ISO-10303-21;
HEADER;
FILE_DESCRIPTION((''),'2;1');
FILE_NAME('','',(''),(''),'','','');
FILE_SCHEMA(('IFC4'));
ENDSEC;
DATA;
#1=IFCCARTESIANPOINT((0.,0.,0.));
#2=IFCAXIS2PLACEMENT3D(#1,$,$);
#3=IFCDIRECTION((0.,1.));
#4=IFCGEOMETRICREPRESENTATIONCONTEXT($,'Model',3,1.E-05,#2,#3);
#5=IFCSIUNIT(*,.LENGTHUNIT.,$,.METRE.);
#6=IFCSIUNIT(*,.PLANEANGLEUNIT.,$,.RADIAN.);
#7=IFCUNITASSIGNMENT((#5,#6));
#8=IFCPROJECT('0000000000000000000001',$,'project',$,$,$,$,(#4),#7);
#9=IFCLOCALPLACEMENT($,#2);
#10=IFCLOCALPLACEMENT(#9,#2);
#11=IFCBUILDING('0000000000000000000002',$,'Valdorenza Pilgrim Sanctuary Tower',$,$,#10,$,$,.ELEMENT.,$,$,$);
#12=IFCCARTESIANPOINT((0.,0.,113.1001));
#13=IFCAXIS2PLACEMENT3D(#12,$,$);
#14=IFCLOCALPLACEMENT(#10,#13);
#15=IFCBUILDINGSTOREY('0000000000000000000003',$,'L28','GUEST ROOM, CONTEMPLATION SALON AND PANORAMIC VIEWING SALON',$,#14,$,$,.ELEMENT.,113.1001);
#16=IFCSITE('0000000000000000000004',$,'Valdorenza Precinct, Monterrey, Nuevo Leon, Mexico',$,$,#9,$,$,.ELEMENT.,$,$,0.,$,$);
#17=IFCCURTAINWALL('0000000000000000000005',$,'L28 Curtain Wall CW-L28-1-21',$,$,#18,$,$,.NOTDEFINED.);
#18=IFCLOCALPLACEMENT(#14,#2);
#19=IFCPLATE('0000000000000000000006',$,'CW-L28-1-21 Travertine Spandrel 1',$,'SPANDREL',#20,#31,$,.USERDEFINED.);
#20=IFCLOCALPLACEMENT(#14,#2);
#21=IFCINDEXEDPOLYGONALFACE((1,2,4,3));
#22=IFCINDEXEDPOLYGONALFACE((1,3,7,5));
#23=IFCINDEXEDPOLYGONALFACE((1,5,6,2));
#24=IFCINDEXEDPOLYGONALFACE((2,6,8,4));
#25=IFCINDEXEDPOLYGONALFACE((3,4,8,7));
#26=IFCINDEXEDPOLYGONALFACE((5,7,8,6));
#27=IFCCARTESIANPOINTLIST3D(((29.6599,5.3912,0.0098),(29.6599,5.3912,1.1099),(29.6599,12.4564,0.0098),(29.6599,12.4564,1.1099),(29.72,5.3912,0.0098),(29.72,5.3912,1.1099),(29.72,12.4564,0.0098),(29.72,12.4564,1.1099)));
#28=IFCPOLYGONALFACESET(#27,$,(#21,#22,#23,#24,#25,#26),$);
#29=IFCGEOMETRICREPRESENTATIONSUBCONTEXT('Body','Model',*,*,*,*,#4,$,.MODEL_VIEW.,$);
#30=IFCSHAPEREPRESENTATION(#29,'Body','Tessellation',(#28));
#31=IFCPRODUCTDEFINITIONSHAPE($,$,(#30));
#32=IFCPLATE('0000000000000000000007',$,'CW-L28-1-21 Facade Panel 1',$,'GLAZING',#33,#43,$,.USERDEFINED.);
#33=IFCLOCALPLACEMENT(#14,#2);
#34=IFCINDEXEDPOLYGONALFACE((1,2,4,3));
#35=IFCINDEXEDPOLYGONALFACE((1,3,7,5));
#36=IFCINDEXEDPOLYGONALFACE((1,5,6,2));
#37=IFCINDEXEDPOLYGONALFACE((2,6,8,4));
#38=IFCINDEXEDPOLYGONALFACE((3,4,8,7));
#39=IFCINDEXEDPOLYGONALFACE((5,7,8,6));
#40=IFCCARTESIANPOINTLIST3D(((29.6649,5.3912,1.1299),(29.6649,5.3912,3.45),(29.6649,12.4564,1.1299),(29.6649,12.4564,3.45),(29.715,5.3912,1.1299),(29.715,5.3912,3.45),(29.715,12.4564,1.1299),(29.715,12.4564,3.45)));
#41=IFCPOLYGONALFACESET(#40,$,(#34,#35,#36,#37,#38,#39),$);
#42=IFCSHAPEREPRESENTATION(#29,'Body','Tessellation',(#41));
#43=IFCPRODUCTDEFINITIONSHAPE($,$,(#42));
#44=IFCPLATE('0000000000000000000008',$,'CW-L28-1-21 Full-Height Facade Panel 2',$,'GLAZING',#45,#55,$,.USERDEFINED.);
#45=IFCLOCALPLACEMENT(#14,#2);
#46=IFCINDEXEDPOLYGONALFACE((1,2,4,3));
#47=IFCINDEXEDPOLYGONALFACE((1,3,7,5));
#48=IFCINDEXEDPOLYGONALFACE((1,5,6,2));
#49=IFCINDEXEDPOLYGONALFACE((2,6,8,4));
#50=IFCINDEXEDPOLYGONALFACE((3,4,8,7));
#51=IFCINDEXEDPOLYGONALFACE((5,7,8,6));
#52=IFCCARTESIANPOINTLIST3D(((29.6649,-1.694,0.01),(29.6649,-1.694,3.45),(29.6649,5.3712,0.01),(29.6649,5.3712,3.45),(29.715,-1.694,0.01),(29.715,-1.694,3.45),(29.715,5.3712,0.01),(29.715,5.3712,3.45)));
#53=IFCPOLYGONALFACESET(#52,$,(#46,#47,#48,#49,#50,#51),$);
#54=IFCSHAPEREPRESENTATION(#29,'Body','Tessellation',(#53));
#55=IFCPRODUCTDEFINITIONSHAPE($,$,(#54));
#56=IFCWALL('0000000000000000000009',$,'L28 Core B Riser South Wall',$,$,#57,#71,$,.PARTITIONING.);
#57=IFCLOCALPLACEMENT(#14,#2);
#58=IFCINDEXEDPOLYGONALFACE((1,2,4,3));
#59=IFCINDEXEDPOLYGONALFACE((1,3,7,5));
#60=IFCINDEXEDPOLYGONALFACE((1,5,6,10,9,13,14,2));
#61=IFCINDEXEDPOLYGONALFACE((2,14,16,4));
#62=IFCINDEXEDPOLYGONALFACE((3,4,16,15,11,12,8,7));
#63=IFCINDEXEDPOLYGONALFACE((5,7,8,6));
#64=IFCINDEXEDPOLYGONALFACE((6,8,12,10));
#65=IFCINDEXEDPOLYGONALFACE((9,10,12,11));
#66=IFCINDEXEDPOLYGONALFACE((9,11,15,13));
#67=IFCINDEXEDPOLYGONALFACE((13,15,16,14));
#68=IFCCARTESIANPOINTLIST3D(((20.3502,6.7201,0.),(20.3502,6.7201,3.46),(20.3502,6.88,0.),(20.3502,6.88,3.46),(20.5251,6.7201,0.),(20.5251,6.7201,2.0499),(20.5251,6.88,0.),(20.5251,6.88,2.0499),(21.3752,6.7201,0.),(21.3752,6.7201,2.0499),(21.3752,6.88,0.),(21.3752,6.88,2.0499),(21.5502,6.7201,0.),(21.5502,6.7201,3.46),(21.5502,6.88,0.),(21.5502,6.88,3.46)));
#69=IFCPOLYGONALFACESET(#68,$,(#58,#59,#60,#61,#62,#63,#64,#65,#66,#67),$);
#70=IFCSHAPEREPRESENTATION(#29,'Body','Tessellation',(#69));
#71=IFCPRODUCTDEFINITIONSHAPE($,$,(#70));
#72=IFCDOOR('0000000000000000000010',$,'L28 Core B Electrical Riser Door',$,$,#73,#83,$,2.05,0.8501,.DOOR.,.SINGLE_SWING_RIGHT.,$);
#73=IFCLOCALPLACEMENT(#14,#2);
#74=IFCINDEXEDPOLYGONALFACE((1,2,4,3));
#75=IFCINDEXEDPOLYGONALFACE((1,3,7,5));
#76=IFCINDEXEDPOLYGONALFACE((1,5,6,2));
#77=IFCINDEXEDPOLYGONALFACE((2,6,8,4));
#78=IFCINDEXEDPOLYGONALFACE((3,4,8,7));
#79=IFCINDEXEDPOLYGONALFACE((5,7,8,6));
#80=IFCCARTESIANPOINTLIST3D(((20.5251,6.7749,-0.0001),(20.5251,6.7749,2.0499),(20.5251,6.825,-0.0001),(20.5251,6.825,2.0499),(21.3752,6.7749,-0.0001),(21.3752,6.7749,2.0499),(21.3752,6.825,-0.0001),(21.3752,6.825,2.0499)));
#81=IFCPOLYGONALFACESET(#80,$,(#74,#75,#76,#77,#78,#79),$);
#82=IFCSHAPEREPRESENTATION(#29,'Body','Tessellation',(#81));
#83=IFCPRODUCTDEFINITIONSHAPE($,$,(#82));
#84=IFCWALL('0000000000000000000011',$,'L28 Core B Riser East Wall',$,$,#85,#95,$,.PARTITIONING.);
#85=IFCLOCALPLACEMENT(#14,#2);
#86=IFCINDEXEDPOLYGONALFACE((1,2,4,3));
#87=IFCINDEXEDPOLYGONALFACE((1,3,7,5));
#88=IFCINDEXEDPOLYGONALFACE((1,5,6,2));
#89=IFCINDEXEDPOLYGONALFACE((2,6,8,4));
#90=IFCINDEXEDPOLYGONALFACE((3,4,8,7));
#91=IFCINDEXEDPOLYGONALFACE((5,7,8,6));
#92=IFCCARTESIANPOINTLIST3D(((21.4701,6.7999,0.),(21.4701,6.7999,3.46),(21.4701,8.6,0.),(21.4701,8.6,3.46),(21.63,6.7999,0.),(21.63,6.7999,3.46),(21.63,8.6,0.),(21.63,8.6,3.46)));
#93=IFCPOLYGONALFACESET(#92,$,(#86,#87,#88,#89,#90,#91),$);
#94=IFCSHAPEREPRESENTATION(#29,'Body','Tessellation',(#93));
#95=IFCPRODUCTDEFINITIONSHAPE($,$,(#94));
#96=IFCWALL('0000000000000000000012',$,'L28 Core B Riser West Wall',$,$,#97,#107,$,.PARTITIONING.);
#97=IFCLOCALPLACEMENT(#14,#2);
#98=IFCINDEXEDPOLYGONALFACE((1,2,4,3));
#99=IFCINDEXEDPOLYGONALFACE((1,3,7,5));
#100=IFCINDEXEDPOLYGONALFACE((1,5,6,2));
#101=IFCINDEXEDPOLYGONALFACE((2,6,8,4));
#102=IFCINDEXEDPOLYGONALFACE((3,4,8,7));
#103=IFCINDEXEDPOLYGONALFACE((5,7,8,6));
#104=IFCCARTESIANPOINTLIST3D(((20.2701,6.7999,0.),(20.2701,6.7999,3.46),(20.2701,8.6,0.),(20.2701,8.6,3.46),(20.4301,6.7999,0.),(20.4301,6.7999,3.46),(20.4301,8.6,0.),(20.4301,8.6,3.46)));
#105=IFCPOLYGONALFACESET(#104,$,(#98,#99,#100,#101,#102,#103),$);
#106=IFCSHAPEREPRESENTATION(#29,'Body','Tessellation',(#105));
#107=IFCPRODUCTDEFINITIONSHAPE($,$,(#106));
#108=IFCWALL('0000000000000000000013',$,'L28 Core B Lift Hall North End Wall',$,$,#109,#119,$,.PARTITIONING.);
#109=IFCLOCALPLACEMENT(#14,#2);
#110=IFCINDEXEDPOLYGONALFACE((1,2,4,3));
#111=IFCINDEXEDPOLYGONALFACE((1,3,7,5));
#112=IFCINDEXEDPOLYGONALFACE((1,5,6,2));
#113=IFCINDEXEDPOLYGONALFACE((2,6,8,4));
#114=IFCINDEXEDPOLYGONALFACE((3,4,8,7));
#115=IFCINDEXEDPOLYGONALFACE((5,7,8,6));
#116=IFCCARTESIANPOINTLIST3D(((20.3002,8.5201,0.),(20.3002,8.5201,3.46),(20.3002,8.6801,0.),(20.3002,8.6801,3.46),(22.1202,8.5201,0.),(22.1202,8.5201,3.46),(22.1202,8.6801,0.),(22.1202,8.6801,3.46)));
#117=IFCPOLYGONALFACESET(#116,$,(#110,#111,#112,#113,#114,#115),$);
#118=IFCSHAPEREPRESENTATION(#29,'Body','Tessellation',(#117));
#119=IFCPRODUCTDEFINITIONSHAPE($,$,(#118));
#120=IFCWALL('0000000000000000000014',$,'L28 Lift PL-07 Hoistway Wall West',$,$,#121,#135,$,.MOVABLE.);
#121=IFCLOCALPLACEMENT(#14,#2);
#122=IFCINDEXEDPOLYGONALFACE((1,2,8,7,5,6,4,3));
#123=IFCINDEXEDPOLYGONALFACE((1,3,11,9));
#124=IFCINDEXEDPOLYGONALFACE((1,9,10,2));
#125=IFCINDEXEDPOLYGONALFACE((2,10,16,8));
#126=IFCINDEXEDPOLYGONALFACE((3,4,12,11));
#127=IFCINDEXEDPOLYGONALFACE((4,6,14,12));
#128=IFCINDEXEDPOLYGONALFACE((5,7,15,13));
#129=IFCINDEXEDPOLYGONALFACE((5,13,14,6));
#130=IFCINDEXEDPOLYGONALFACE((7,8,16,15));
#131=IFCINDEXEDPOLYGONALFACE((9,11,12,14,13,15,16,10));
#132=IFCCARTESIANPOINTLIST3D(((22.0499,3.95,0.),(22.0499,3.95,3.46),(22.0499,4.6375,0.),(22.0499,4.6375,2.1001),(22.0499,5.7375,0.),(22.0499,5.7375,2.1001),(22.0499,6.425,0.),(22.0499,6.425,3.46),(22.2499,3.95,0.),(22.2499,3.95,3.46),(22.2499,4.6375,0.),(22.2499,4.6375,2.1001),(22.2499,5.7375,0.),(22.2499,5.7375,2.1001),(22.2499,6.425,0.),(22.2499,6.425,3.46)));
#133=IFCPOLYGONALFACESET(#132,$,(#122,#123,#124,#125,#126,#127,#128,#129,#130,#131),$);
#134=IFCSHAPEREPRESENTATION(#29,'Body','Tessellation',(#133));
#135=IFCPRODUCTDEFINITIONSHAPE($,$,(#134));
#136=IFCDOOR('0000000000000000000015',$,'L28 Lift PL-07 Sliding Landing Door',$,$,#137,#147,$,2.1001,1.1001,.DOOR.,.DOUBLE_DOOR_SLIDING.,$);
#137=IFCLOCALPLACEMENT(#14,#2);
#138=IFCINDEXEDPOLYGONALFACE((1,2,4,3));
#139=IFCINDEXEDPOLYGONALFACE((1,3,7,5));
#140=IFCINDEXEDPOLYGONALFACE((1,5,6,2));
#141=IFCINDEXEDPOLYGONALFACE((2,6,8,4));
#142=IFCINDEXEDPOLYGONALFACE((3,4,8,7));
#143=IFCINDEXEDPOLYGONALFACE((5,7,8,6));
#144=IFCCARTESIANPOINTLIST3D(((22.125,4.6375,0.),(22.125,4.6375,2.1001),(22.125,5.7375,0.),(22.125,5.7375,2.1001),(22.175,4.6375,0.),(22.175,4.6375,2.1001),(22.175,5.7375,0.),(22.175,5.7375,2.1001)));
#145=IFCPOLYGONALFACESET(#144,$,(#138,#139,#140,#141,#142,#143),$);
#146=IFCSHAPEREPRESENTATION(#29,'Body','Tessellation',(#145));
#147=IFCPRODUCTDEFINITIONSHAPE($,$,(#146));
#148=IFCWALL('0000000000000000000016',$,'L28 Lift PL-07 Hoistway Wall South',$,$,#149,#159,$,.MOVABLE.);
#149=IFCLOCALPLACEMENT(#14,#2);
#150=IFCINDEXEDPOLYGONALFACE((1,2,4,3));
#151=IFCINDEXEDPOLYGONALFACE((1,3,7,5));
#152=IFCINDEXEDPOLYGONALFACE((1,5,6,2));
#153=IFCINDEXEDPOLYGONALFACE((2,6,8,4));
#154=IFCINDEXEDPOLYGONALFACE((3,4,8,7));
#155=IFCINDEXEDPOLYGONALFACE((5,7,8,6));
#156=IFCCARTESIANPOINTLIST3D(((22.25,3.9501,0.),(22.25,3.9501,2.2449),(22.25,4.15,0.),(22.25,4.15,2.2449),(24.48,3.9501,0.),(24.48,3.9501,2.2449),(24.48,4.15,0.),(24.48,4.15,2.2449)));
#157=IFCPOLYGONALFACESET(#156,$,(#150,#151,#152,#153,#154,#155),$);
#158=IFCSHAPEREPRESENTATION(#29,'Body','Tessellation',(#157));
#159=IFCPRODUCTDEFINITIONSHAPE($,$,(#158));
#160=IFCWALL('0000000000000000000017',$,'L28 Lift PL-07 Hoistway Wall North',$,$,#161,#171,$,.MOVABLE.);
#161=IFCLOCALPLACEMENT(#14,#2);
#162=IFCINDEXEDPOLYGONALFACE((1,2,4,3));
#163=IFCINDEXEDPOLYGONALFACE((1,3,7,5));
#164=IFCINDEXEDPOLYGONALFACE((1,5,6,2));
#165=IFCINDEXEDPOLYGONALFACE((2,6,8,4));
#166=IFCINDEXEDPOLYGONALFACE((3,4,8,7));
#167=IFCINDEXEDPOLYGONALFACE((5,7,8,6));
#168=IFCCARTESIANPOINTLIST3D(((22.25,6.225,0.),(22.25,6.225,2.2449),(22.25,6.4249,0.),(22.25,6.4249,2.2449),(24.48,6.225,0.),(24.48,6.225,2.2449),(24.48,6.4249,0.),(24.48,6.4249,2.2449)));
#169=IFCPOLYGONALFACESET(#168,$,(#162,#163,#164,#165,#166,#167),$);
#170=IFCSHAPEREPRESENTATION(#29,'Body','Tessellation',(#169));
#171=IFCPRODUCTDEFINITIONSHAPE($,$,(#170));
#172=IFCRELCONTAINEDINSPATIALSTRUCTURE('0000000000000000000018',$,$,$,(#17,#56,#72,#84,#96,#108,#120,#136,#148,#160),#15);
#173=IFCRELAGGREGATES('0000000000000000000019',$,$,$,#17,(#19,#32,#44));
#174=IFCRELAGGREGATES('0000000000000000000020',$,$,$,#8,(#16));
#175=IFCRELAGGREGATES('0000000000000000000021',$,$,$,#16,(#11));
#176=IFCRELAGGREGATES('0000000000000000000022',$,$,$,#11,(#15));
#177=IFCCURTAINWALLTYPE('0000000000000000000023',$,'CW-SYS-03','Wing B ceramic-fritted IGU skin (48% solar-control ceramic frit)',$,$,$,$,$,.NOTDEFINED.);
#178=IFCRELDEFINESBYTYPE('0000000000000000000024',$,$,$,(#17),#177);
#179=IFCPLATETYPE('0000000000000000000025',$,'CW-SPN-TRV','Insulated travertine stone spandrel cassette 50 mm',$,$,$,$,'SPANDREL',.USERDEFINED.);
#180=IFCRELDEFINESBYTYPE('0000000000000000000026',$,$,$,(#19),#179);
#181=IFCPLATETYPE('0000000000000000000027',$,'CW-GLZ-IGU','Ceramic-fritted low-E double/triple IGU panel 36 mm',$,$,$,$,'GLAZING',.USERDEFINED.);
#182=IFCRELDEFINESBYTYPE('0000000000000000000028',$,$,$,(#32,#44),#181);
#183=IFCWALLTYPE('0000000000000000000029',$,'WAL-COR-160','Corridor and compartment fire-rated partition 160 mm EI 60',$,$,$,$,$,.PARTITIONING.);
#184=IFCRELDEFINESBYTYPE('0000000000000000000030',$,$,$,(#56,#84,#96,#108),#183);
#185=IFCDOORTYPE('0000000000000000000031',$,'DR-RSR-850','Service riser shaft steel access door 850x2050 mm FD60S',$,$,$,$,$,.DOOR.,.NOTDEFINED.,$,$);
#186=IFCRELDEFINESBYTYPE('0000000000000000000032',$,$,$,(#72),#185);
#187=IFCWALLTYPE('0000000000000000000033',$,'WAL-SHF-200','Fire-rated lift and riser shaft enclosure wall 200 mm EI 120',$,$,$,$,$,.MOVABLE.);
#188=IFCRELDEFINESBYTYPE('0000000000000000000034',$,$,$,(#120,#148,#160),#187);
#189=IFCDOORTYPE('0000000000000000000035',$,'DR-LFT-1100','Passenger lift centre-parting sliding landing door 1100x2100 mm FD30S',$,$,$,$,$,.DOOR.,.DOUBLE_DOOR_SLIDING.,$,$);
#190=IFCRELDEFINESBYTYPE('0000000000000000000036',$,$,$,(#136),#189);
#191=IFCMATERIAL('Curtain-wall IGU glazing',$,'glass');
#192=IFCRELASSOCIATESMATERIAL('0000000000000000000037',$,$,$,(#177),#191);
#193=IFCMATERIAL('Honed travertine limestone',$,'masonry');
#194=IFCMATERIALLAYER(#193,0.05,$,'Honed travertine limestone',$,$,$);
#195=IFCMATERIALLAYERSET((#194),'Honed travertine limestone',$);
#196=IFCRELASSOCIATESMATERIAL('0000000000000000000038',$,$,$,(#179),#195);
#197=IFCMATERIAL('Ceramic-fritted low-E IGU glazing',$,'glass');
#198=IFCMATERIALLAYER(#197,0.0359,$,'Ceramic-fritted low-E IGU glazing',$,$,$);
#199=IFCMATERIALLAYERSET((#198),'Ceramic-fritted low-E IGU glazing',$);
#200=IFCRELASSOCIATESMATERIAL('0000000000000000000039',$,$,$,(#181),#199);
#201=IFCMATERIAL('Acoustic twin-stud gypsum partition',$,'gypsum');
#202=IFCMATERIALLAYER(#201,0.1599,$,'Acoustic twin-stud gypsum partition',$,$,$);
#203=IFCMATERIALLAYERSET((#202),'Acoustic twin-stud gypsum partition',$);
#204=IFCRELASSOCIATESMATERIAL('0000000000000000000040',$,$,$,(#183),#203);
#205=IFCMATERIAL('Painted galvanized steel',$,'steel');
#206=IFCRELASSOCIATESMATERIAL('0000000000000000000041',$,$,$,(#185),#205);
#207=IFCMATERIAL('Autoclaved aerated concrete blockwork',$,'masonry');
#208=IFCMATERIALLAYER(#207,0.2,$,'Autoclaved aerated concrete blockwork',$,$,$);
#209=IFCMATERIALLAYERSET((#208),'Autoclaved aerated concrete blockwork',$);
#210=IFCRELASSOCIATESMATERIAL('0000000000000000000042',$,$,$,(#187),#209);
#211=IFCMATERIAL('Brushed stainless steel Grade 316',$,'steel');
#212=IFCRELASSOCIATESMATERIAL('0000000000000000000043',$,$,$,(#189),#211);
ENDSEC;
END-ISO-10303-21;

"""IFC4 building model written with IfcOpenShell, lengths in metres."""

from ifc_helpers import new_model, si_unit, direction, frame, frame_2d, origin, origin_2d, place, context, subcontext, project, spatial, rectangle, extrude, source, transform, mapped, material, layer, layer_set, type_object, element, fill, aggregate, save


model = new_model("IFC4")

# Units and contexts
model_context = context("Model", 3, precision=1e-05, world=origin(), true_north=direction((0.0, 1.0)))
body_context = subcontext(model_context, "Body", "Model", "MODEL_VIEW")
ifc_project = project(units=[si_unit("LENGTHUNIT", "METRE"), si_unit("PLANEANGLEUNIT", "RADIAN")], contexts=[model_context])

# Site, building, storey
site_placement = place(None, origin())
site = spatial("IfcSite", under=ifc_project, at=site_placement, Name="Valdorenza Precinct, Monterrey, Nuevo Leon, Mexico", CompositionType="ELEMENT", RefElevation=0.0)
building_placement = place(site_placement, origin())
building = spatial("IfcBuilding", under=site, at=building_placement, Name="Valdorenza Pilgrim Sanctuary Tower", CompositionType="ELEMENT")
storey_placement = place(building_placement, frame((0.0, 0.0, 113.1001)))
storey = spatial("IfcBuildingStorey", under=building, at=storey_placement, Name="L28", Description="GUEST ROOM, CONTEMPLATION SALON AND PANORAMIC VIEWING SALON", CompositionType="ELEMENT", Elevation=113.1001)

# Curtain wall, plates
ifc_material_1 = material(Name="Curtain-wall IGU glazing", Category="glass")
curtain_wall_type = type_object("IfcCurtainWallType", Name="CW-SYS-03", Description="Wing B ceramic-fritted IGU skin (48% solar-control ceramic frit)", PredefinedType="NOTDEFINED", material=ifc_material_1)
curtain_wall_placement = place(storey_placement, origin())
curtain_wall = element("IfcCurtainWall", 1, at=curtain_wall_placement, inside=storey, type_object=curtain_wall_type, Name="L28 Curtain Wall CW-L28-1-21", PredefinedType="NOTDEFINED")
ifc_material_2 = material(Name="Honed travertine limestone", Category="masonry")
ifc_layer_1 = layer(ifc_material_2, 0.05, Name="Honed travertine limestone")
ifc_layer_set_1 = layer_set([ifc_layer_1], Name="Honed travertine limestone")
plate_type_1 = type_object("IfcPlateType", Name="CW-SPN-TRV", Description="Insulated travertine stone spandrel cassette 50 mm", ElementType="SPANDREL", PredefinedType="USERDEFINED", material=ifc_layer_set_1)
shared_shape_1 = source(origin(), body_context, "Body", "SweptSolid", [
    extrude(rectangle(XDim=7.0652, YDim=0.0601, at=origin_2d()), origin(), (0.0, 0.0, 1.0), 1.1001),
])
plate_1_placement = place(storey_placement, frame((29.6899, 8.9238, 0.0098), z_axis=(0.0, 0.0, 1.0), x_axis=(0.0, -1.0, 0.0)))
plate_1 = element("IfcPlate", 2, at=plate_1_placement, type_object=plate_type_1, Name="CW-L28-1-21 Travertine Spandrel 1", ObjectType="SPANDREL", PredefinedType="USERDEFINED", context=body_context, shape_type="MappedRepresentation", body=[
    mapped(shared_shape_1, transform((0.0, 0.0, 0.0), x_axis=(1.0, 0.0, 0.0), y_axis=(0.0, 1.0, 0.0), z_axis=(0.0, 0.0, 1.0), scale=1.0)),
])
ifc_material_3 = material(Name="Ceramic-fritted low-E IGU glazing", Category="glass")
ifc_layer_2 = layer(ifc_material_3, 0.0359, Name="Ceramic-fritted low-E IGU glazing")
ifc_layer_set_2 = layer_set([ifc_layer_2], Name="Ceramic-fritted low-E IGU glazing")
plate_type_2 = type_object("IfcPlateType", Name="CW-GLZ-IGU", Description="Ceramic-fritted low-E double/triple IGU panel 36 mm", ElementType="GLAZING", PredefinedType="USERDEFINED", material=ifc_layer_set_2)
shared_shape_2 = source(origin(), body_context, "Body", "SweptSolid", [
    extrude(rectangle(XDim=7.0652, YDim=0.05, at=origin_2d()), origin(), (0.0, 0.0, 1.0), 2.3201),
])
plate_2_placement = place(storey_placement, frame((29.6899, 8.9238, 1.1299), z_axis=(0.0, 0.0, 1.0), x_axis=(0.0, -1.0, 0.0)))
plate_2 = element("IfcPlate", 3, at=plate_2_placement, type_object=plate_type_2, Name="CW-L28-1-21 Facade Panel 1", ObjectType="GLAZING", PredefinedType="USERDEFINED", context=body_context, shape_type="MappedRepresentation", body=[
    mapped(shared_shape_2, transform((0.0, 0.0, 0.0), x_axis=(1.0, 0.0, 0.0), y_axis=(0.0, 1.0, 0.0), z_axis=(0.0, 0.0, 1.0), scale=1.0)),
])
shared_shape_3 = source(origin(), body_context, "Body", "SweptSolid", [
    extrude(rectangle(XDim=7.0652, YDim=0.05, at=origin_2d()), origin(), (0.0, 0.0, 1.0), 3.4399),
])
plate_3_placement = place(storey_placement, frame((29.6899, 1.8386, 0.01), z_axis=(0.0, 0.0, 1.0), x_axis=(0.0, -1.0, 0.0)))
plate_3 = element("IfcPlate", 4, at=plate_3_placement, type_object=plate_type_2, Name="CW-L28-1-21 Full-Height Facade Panel 2", ObjectType="GLAZING", PredefinedType="USERDEFINED", context=body_context, shape_type="MappedRepresentation", body=[
    mapped(shared_shape_3, transform((0.0, 0.0, 0.0), x_axis=(1.0, 0.0, 0.0), y_axis=(0.0, 1.0, 0.0), z_axis=(0.0, 0.0, 1.0), scale=1.0)),
])
aggregate(curtain_wall, [plate_1, plate_2, plate_3])

# Wall, opening, door
ifc_material_4 = material(Name="Acoustic twin-stud gypsum partition", Category="gypsum")
ifc_layer_3 = layer(ifc_material_4, 0.1599, Name="Acoustic twin-stud gypsum partition")
ifc_layer_set_3 = layer_set([ifc_layer_3], Name="Acoustic twin-stud gypsum partition")
wall_type_1 = type_object("IfcWallType", Name="WAL-COR-160", Description="Corridor and compartment fire-rated partition 160 mm EI 60", PredefinedType="PARTITIONING", material=ifc_layer_set_3)
wall_1_placement = place(storey_placement, frame((20.3501, 6.8, 0.0), z_axis=(0.0, 0.0, 1.0), x_axis=(1.0, 0.0, 0.0)))
wall_1 = element("IfcWall", 5, at=wall_1_placement, inside=storey, type_object=wall_type_1, Name="L28 Core B Riser South Wall", PredefinedType="PARTITIONING", context=body_context, shape_type="SweptSolid", body=[
    extrude(rectangle(XDim=1.2, YDim=0.1599, at=frame_2d((0.6001, 0.0))), origin(), (0.0, 0.0, 1.0), 3.46),
])
opening_1_placement = place(wall_1_placement, frame((0.175, 0.0, 0.0)))
opening_1 = element("IfcOpeningElement", 6, at=opening_1_placement, cuts=wall_1, PredefinedType="OPENING", context=body_context, shape_type="SweptSolid", body=[
    extrude(rectangle(XDim=0.8501, YDim=2.05, at=frame_2d((0.425, 1.0249))), frame((0.0, 0.0947, 0.0), z_axis=(0.0, -1.0, 0.0), x_axis=(1.0, 0.0, 0.0)), (0.0, 0.0, 1.0), 0.1897),
])
ifc_material_5 = material(Name="Painted galvanized steel", Category="steel")
door_type_1 = type_object("IfcDoorType", Name="DR-RSR-850", Description="Service riser shaft steel access door 850x2050 mm FD60S", OperationType="NOTDEFINED", PredefinedType="DOOR", material=ifc_material_5)
door_1_placement = place(opening_1_placement, origin())
door_1 = element("IfcDoor", 7, at=door_1_placement, inside=storey, type_object=door_type_1, Name="L28 Core B Electrical Riser Door", OperationType="SINGLE_SWING_RIGHT", OverallHeight=2.05, OverallWidth=0.8501, PredefinedType="DOOR", context=body_context, shape_type="SweptSolid", body=[
    extrude(rectangle(XDim=0.8501, YDim=2.05, at=frame_2d((0.425, 1.0249))), frame((0.0, 0.0249, 0.0), z_axis=(0.0, -1.0, 0.0), x_axis=(1.0, 0.0, 0.0)), (0.0, 0.0, 1.0), 0.05),
])
fill(opening_1, door_1)

# Walls
for number, where, z_axis, x_axis, name in (
    (8, (21.55, 6.8, 0.0), (0.0, 0.0, 1.0), (0.0, 1.0, 0.0), "L28 Core B Riser East Wall"),
    (9, (20.3501, 6.8, 0.0), (0.0, 0.0, 1.0), (0.0, 1.0, 0.0), "L28 Core B Riser West Wall"),
):
    element("IfcWall", number, at=place(storey_placement, frame(where, z_axis=z_axis, x_axis=x_axis)), inside=storey, type_object=wall_type_1, Name=name, PredefinedType="PARTITIONING", context=body_context, shape_type="SweptSolid", body=[
        extrude(rectangle(XDim=1.8, YDim=0.1599, at=frame_2d((0.8999, 0.0))), origin(), (0.0, 0.0, 1.0), 3.46),
    ])
wall_2_placement = place(storey_placement, frame((20.3, 8.6001, 0.0), z_axis=(0.0, 0.0, 1.0), x_axis=(1.0, 0.0, 0.0)))
element("IfcWall", 10, at=wall_2_placement, inside=storey, type_object=wall_type_1, Name="L28 Core B Lift Hall North End Wall", PredefinedType="PARTITIONING", context=body_context, shape_type="SweptSolid", body=[
    extrude(rectangle(XDim=1.8201, YDim=0.1599, at=frame_2d((0.9102, 0.0))), origin(), (0.0, 0.0, 1.0), 3.46),
])

# Wall, opening, door
ifc_material_6 = material(Name="Autoclaved aerated concrete blockwork", Category="masonry")
ifc_layer_4 = layer(ifc_material_6, 0.2, Name="Autoclaved aerated concrete blockwork")
ifc_layer_set_4 = layer_set([ifc_layer_4], Name="Autoclaved aerated concrete blockwork")
wall_type_2 = type_object("IfcWallType", Name="WAL-SHF-200", Description="Fire-rated lift and riser shaft enclosure wall 200 mm EI 120", PredefinedType="MOVABLE", material=ifc_layer_set_4)
wall_3_placement = place(storey_placement, frame((22.1499, 3.95, 0.0), z_axis=(0.0, 0.0, 1.0), x_axis=(0.0, 1.0, 0.0)))
wall_3 = element("IfcWall", 11, at=wall_3_placement, inside=storey, type_object=wall_type_2, Name="L28 Lift PL-07 Hoistway Wall West", PredefinedType="MOVABLE", context=body_context, shape_type="SweptSolid", body=[
    extrude(rectangle(XDim=2.4751, YDim=0.2, at=frame_2d((1.2375, 0.0))), origin(), (0.0, 0.0, 1.0), 3.46),
])
opening_2_placement = place(wall_3_placement, frame((0.6875, 0.0, 0.0)))
opening_2 = element("IfcOpeningElement", 12, at=opening_2_placement, cuts=wall_3, PredefinedType="OPENING", context=body_context, shape_type="SweptSolid", body=[
    extrude(rectangle(XDim=1.1001, YDim=2.1001, at=frame_2d((0.55, 1.05))), frame((0.0, 0.1147, 0.0), z_axis=(0.0, -1.0, 0.0), x_axis=(1.0, 0.0, 0.0)), (0.0, 0.0, 1.0), 0.2297),
])
ifc_material_7 = material(Name="Brushed stainless steel Grade 316", Category="steel")
door_type_2 = type_object("IfcDoorType", Name="DR-LFT-1100", Description="Passenger lift centre-parting sliding landing door 1100x2100 mm FD30S", OperationType="DOUBLE_DOOR_SLIDING", PredefinedType="DOOR", material=ifc_material_7)
door_2_placement = place(opening_2_placement, origin())
door_2 = element("IfcDoor", 13, at=door_2_placement, inside=storey, type_object=door_type_2, Name="L28 Lift PL-07 Sliding Landing Door", OperationType="DOUBLE_DOOR_SLIDING", OverallHeight=2.1001, OverallWidth=1.1001, PredefinedType="DOOR", context=body_context, shape_type="SweptSolid", body=[
    extrude(rectangle(XDim=1.1001, YDim=2.1001, at=frame_2d((0.55, 1.05))), frame((0.0, 0.0249, 0.0), z_axis=(0.0, -1.0, 0.0), x_axis=(1.0, 0.0, 0.0)), (0.0, 0.0, 1.0), 0.05),
])
fill(opening_2, door_2)

# Walls
for number, where, z_axis, x_axis, name in (
    (14, (22.25, 4.05, 0.0), (0.0, 0.0, 1.0), (1.0, 0.0, 0.0), "L28 Lift PL-07 Hoistway Wall South"),
    (15, (22.25, 6.325, 0.0), (0.0, 0.0, 1.0), (1.0, 0.0, 0.0), "L28 Lift PL-07 Hoistway Wall North"),
):
    element("IfcWall", number, at=place(storey_placement, frame(where, z_axis=z_axis, x_axis=x_axis)), inside=storey, type_object=wall_type_2, Name=name, PredefinedType="MOVABLE", context=body_context, shape_type="SweptSolid", body=[
        extrude(rectangle(XDim=2.23, YDim=0.2, at=frame_2d((1.115, 0.0))), origin(), (0.0, 0.0, 1.0), 2.2449),
    ])

save(model, "model.ifc")
